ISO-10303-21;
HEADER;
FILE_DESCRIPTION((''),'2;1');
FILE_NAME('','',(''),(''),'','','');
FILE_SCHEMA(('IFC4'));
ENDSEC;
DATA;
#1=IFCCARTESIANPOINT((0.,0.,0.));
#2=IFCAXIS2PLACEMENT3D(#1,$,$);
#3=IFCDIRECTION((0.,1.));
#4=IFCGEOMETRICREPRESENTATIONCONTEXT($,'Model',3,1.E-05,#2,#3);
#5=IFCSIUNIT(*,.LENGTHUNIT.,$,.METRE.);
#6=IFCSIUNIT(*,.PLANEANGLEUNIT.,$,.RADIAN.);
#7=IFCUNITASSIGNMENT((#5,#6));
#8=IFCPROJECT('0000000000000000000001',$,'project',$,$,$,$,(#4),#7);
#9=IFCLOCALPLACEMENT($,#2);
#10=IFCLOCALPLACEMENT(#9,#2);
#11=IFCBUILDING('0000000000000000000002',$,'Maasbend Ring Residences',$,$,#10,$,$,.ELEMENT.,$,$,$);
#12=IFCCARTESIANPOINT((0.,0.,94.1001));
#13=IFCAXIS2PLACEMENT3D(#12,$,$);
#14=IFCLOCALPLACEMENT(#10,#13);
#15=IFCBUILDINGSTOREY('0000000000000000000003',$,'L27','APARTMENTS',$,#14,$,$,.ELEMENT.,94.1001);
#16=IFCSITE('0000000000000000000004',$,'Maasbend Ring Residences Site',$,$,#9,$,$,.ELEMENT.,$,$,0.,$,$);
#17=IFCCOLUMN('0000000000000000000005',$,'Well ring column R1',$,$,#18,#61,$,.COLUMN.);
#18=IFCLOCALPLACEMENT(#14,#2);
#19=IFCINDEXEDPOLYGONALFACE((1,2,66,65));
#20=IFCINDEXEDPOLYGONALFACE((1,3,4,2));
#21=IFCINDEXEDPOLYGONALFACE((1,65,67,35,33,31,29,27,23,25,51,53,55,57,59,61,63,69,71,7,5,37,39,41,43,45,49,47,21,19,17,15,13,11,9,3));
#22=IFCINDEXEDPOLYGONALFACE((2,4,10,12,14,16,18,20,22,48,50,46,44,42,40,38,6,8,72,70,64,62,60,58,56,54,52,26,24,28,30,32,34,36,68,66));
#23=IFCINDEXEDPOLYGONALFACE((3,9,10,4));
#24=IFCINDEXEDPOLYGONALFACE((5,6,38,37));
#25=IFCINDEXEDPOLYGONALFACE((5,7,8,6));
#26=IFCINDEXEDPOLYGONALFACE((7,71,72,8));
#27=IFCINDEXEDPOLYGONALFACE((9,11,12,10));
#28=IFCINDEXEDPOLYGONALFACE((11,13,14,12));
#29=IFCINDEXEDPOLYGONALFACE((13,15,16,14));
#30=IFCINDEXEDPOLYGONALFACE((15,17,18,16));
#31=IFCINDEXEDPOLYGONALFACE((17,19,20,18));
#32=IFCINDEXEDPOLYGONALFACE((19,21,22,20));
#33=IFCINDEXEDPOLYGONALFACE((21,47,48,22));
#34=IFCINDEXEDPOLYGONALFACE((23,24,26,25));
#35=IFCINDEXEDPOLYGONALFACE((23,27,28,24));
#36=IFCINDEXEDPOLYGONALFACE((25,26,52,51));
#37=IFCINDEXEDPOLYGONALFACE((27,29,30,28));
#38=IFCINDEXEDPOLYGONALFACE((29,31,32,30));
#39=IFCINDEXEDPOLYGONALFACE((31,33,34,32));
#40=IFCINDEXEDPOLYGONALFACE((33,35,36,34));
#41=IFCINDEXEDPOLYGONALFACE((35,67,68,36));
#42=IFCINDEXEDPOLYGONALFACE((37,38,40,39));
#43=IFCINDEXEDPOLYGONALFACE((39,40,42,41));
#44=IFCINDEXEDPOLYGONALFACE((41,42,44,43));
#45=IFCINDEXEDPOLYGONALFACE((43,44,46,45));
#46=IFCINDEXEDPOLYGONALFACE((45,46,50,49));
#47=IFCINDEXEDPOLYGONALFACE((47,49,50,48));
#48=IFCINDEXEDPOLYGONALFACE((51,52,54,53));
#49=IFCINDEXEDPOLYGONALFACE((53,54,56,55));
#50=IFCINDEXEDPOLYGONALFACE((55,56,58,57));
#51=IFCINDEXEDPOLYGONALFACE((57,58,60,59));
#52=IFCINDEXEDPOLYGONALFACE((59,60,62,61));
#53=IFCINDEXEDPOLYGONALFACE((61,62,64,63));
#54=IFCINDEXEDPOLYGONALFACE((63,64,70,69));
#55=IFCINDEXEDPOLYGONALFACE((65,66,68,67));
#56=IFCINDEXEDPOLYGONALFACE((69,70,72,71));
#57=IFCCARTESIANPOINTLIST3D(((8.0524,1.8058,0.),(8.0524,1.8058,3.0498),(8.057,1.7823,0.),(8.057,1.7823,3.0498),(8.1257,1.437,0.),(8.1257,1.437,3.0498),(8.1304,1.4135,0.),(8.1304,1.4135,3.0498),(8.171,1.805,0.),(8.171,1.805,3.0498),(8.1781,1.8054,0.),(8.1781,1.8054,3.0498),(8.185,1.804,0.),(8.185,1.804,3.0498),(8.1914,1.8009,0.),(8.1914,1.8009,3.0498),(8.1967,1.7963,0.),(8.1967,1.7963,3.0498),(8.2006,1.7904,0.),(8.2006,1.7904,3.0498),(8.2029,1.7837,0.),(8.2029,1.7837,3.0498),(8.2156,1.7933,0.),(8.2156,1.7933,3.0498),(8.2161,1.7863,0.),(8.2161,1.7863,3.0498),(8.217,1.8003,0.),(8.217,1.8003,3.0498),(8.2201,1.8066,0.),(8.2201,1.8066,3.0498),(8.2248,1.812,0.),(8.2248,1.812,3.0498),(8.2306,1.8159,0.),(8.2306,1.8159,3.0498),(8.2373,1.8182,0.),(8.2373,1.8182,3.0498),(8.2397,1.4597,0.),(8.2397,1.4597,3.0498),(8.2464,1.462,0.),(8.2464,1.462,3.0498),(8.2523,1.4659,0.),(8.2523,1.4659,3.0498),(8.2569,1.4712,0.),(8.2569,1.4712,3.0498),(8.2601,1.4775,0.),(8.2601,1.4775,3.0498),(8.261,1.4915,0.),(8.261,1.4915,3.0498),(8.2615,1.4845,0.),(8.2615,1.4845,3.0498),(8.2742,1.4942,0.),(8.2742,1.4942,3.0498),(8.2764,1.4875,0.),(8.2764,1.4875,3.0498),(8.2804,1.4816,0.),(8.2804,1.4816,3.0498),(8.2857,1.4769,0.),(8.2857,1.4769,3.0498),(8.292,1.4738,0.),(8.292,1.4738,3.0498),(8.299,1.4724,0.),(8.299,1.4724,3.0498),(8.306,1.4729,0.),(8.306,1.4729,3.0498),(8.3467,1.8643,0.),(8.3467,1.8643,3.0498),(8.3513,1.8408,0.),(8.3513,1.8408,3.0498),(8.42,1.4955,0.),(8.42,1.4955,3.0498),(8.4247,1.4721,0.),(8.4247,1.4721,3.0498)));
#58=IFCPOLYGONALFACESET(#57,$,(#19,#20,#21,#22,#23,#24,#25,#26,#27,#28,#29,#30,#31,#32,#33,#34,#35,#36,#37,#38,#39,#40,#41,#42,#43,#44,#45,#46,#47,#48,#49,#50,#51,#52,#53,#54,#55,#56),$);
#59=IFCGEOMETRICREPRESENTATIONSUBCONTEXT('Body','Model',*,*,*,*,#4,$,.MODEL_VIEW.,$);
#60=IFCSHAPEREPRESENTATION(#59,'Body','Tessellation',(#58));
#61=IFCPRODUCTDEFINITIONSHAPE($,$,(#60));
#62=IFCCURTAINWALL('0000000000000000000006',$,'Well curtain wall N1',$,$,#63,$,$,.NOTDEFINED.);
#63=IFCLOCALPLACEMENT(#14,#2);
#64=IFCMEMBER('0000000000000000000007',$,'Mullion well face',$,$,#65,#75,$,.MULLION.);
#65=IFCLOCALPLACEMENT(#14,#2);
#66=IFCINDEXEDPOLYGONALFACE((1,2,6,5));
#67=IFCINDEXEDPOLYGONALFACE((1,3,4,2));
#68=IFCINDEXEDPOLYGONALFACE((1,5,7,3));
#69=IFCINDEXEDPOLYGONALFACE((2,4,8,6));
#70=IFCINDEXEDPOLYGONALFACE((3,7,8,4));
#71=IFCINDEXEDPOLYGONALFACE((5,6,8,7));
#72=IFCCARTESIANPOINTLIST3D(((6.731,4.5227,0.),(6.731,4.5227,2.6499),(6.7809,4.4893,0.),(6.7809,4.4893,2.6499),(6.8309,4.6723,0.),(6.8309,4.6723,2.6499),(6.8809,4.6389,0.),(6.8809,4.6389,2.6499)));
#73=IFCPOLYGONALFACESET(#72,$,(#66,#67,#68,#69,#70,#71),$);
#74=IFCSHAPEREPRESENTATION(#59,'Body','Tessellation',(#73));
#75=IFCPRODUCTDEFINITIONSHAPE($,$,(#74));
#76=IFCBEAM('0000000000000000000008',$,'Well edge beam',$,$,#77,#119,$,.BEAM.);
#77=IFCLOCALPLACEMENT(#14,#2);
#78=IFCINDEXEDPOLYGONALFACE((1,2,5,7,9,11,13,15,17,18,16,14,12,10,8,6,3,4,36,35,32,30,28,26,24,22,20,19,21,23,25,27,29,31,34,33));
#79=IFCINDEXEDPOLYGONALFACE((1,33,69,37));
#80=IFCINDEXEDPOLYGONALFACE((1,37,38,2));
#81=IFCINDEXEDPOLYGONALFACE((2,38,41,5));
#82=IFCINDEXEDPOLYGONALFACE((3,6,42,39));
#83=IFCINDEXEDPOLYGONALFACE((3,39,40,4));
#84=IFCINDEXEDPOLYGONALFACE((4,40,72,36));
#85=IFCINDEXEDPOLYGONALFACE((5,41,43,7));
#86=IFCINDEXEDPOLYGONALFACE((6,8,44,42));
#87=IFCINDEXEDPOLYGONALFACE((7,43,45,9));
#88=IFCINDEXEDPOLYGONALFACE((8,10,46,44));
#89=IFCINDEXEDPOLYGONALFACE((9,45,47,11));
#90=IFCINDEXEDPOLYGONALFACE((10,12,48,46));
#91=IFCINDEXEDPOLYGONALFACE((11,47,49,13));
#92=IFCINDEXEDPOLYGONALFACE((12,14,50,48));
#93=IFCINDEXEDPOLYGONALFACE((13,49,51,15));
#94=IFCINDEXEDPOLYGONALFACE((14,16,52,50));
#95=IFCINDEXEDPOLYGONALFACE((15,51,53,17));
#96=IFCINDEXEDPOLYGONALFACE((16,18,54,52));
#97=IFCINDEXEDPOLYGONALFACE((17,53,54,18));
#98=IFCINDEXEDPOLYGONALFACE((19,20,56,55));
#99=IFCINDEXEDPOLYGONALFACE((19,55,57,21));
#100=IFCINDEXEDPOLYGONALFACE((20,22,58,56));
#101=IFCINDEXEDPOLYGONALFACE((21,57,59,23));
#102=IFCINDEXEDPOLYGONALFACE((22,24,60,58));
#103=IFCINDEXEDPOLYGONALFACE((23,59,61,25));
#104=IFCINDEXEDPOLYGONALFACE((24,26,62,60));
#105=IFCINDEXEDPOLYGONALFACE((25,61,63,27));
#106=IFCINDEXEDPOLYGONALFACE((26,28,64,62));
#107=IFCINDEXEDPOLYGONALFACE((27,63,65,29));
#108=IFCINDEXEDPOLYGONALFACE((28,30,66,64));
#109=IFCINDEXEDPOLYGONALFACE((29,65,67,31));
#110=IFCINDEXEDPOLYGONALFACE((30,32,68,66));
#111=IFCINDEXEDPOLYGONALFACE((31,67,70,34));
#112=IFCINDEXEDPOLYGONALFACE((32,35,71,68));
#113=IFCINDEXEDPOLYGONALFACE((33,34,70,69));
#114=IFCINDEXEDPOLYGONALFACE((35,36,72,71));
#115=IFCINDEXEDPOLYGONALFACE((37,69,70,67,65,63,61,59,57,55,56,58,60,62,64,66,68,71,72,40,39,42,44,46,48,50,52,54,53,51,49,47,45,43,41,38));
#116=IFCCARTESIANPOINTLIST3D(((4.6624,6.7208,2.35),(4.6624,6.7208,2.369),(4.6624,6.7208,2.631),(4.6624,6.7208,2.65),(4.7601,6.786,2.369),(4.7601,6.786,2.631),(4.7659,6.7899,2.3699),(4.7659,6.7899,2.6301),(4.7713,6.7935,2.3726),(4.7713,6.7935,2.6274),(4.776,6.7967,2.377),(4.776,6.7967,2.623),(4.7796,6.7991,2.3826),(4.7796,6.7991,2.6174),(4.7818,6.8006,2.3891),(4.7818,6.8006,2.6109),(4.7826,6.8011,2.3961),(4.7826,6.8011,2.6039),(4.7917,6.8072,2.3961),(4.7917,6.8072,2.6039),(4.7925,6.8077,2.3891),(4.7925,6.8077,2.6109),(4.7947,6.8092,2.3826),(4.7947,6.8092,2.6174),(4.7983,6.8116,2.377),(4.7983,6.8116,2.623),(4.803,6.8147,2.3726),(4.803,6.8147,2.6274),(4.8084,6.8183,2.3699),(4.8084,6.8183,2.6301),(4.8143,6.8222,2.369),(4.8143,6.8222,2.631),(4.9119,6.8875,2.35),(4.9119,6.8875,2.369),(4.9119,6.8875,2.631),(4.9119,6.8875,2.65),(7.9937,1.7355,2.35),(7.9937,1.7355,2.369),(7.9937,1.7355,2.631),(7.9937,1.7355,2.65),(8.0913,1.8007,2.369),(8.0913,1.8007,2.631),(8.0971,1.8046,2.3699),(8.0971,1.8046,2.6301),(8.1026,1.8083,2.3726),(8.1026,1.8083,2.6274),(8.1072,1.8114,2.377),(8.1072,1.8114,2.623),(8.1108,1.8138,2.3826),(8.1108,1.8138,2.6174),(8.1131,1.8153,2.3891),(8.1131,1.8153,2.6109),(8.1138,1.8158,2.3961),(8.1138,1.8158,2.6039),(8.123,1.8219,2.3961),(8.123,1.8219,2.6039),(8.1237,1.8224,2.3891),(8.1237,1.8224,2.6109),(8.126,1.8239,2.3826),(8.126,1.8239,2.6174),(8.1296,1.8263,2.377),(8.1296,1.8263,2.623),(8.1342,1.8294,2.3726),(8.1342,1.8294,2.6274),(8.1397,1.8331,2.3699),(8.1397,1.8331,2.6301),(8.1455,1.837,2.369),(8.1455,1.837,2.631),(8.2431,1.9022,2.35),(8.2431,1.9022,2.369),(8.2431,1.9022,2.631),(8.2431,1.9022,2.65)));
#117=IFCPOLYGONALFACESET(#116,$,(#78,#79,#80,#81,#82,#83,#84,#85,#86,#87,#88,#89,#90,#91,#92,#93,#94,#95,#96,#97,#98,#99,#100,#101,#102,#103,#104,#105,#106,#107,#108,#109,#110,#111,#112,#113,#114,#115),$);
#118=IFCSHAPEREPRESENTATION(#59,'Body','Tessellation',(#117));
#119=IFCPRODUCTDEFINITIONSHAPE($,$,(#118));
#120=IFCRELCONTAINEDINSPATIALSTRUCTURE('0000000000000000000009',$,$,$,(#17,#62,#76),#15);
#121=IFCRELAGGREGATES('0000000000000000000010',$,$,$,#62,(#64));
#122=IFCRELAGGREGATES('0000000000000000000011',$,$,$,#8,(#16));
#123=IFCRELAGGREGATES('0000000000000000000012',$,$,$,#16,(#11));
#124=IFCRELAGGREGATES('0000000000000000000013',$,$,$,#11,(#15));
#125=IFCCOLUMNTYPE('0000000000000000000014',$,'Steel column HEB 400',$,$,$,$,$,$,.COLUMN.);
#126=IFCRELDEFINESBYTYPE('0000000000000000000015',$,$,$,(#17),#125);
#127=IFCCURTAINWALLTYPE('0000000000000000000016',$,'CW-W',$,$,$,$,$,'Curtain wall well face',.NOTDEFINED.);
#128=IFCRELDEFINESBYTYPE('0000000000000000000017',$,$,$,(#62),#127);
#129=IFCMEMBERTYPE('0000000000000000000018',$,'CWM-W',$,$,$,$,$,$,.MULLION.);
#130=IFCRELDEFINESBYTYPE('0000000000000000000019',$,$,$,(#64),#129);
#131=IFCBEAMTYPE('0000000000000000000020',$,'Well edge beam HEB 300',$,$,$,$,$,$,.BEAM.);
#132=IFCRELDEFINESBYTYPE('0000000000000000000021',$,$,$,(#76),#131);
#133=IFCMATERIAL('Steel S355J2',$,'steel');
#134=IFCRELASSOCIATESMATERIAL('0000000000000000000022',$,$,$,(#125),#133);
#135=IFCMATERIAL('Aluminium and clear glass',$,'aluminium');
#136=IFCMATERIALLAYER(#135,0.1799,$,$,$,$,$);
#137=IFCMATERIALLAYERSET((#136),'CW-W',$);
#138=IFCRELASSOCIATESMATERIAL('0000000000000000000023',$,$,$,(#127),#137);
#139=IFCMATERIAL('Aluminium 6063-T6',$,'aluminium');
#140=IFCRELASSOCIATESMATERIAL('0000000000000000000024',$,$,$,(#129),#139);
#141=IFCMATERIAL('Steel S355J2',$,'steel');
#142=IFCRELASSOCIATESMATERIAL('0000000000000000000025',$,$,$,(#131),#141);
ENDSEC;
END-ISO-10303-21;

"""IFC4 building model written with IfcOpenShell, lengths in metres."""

from ifc_helpers import new_model, si_unit, direction, frame, origin, origin_2d, place, context, subcontext, project, spatial, rectangle, i_section, extrude, material, layer, layer_set, material_profile, profile_set, type_object, element, aggregate, save


model = new_model("IFC4")

# Units and contexts
model_context = context("Model", 3, precision=1e-05, world=origin(), true_north=direction((0.0, 1.0)))
body_context = subcontext(model_context, "Body", "Model", "MODEL_VIEW")
ifc_project = project(units=[si_unit("LENGTHUNIT", "METRE"), si_unit("PLANEANGLEUNIT", "RADIAN")], contexts=[model_context])

# Site, building, storey
site_placement = place(None, origin())
site = spatial("IfcSite", under=ifc_project, at=site_placement, Name="Maasbend Ring Residences Site", CompositionType="ELEMENT", RefElevation=0.0)
building_placement = place(site_placement, origin())
building = spatial("IfcBuilding", under=site, at=building_placement, Name="Maasbend Ring Residences", CompositionType="ELEMENT")
storey_placement = place(building_placement, frame((0.0, 0.0, 94.1001)))
storey = spatial("IfcBuildingStorey", under=building, at=storey_placement, Name="L27", Description="APARTMENTS", CompositionType="ELEMENT", Elevation=94.1001)

# Column
ifc_material_1 = material(Name="Steel S355J2", Category="steel")
ifc_material_profile_1 = material_profile(ifc_material_1, i_section(OverallWidth=0.3, OverallDepth=0.3999, WebThickness=0.0134, FlangeThickness=0.0239, FilletRadius=0.0271, at=origin_2d()), Name="HEB 400")
ifc_profile_set_1 = profile_set([ifc_material_profile_1], Name="Steel S355J2")
column_type = type_object("IfcColumnType", Name="Steel column HEB 400", PredefinedType="COLUMN", material=ifc_profile_set_1)
column_placement = place(storey_placement, frame((8.2385, 1.6389, 0.0), z_axis=(0.0, 0.0, 1.0), x_axis=(0.980785, 0.19509, 0.0)))
element("IfcColumn", 1, at=column_placement, inside=storey, type_object=column_type, Name="Well ring column R1", PredefinedType="COLUMN", context=body_context, shape_type="SweptSolid", body=[
    extrude(i_section(OverallWidth=0.3, OverallDepth=0.3999, WebThickness=0.0134, FlangeThickness=0.0239, FilletRadius=0.0271, at=origin_2d()), origin(), (0.0, 0.0, 1.0), 3.0498),
])

# Curtain wall, member
ifc_material_2 = material(Name="Aluminium and clear glass", Category="aluminium")
ifc_layer_1 = layer(ifc_material_2, 0.1799)
ifc_layer_set_1 = layer_set([ifc_layer_1], Name="CW-W")
curtain_wall_type = type_object("IfcCurtainWallType", Name="CW-W", ElementType="Curtain wall well face", PredefinedType="NOTDEFINED", material=ifc_layer_set_1)
curtain_wall_placement = place(storey_placement, origin())
curtain_wall = element("IfcCurtainWall", 2, at=curtain_wall_placement, inside=storey, type_object=curtain_wall_type, Name="Well curtain wall N1", PredefinedType="NOTDEFINED")
ifc_material_3 = material(Name="Aluminium 6063-T6", Category="aluminium")
ifc_material_profile_2 = material_profile(ifc_material_3, rectangle(XDim=0.1799, YDim=0.0601, at=origin_2d()), Name="AL 180x60")
ifc_profile_set_2 = profile_set([ifc_material_profile_2], Name="Aluminium 6063-T6")
member_type = type_object("IfcMemberType", Name="CWM-W", PredefinedType="MULLION", material=ifc_profile_set_2)
member_placement = place(storey_placement, frame((6.8059, 4.5808, 0.0), z_axis=(0.0, 0.0, 1.0), x_axis=(-0.55557, -0.83147, 0.0)))
member = element("IfcMember", 3, at=member_placement, type_object=member_type, Name="Mullion well face", PredefinedType="MULLION", context=body_context, shape_type="SweptSolid", body=[
    extrude(rectangle(XDim=0.1799, YDim=0.0601, at=origin_2d()), origin(), (0.0, 0.0, 1.0), 2.6499),
])
aggregate(curtain_wall, [member])

# Beam
ifc_material_4 = material(Name="Steel S355J2", Category="steel")
ifc_material_profile_3 = material_profile(ifc_material_4, i_section(OverallWidth=0.3, OverallDepth=0.3, WebThickness=0.011, FlangeThickness=0.019, FilletRadius=0.0271, at=origin_2d()), Name="HEB 300")
ifc_profile_set_3 = profile_set([ifc_material_profile_3], Name="Steel S355J2")
beam_type = type_object("IfcBeamType", Name="Well edge beam HEB 300", PredefinedType="BEAM", material=ifc_profile_set_3)
beam_placement = place(storey_placement, frame((8.1184, 1.8188, 2.5), z_axis=(-0.555593, 0.831455, 0.0), x_axis=(-0.831455, -0.555593, 0.0)))
element("IfcBeam", 4, at=beam_placement, inside=storey, type_object=beam_type, Name="Well edge beam", PredefinedType="BEAM", context=body_context, shape_type="SweptSolid", body=[
    extrude(i_section(OverallWidth=0.3, OverallDepth=0.3, WebThickness=0.011, FlangeThickness=0.019, FilletRadius=0.0271, at=origin_2d()), origin(), (0.0, 0.0, 1.0), 5.9958),
])

save(model, "model.ifc")
